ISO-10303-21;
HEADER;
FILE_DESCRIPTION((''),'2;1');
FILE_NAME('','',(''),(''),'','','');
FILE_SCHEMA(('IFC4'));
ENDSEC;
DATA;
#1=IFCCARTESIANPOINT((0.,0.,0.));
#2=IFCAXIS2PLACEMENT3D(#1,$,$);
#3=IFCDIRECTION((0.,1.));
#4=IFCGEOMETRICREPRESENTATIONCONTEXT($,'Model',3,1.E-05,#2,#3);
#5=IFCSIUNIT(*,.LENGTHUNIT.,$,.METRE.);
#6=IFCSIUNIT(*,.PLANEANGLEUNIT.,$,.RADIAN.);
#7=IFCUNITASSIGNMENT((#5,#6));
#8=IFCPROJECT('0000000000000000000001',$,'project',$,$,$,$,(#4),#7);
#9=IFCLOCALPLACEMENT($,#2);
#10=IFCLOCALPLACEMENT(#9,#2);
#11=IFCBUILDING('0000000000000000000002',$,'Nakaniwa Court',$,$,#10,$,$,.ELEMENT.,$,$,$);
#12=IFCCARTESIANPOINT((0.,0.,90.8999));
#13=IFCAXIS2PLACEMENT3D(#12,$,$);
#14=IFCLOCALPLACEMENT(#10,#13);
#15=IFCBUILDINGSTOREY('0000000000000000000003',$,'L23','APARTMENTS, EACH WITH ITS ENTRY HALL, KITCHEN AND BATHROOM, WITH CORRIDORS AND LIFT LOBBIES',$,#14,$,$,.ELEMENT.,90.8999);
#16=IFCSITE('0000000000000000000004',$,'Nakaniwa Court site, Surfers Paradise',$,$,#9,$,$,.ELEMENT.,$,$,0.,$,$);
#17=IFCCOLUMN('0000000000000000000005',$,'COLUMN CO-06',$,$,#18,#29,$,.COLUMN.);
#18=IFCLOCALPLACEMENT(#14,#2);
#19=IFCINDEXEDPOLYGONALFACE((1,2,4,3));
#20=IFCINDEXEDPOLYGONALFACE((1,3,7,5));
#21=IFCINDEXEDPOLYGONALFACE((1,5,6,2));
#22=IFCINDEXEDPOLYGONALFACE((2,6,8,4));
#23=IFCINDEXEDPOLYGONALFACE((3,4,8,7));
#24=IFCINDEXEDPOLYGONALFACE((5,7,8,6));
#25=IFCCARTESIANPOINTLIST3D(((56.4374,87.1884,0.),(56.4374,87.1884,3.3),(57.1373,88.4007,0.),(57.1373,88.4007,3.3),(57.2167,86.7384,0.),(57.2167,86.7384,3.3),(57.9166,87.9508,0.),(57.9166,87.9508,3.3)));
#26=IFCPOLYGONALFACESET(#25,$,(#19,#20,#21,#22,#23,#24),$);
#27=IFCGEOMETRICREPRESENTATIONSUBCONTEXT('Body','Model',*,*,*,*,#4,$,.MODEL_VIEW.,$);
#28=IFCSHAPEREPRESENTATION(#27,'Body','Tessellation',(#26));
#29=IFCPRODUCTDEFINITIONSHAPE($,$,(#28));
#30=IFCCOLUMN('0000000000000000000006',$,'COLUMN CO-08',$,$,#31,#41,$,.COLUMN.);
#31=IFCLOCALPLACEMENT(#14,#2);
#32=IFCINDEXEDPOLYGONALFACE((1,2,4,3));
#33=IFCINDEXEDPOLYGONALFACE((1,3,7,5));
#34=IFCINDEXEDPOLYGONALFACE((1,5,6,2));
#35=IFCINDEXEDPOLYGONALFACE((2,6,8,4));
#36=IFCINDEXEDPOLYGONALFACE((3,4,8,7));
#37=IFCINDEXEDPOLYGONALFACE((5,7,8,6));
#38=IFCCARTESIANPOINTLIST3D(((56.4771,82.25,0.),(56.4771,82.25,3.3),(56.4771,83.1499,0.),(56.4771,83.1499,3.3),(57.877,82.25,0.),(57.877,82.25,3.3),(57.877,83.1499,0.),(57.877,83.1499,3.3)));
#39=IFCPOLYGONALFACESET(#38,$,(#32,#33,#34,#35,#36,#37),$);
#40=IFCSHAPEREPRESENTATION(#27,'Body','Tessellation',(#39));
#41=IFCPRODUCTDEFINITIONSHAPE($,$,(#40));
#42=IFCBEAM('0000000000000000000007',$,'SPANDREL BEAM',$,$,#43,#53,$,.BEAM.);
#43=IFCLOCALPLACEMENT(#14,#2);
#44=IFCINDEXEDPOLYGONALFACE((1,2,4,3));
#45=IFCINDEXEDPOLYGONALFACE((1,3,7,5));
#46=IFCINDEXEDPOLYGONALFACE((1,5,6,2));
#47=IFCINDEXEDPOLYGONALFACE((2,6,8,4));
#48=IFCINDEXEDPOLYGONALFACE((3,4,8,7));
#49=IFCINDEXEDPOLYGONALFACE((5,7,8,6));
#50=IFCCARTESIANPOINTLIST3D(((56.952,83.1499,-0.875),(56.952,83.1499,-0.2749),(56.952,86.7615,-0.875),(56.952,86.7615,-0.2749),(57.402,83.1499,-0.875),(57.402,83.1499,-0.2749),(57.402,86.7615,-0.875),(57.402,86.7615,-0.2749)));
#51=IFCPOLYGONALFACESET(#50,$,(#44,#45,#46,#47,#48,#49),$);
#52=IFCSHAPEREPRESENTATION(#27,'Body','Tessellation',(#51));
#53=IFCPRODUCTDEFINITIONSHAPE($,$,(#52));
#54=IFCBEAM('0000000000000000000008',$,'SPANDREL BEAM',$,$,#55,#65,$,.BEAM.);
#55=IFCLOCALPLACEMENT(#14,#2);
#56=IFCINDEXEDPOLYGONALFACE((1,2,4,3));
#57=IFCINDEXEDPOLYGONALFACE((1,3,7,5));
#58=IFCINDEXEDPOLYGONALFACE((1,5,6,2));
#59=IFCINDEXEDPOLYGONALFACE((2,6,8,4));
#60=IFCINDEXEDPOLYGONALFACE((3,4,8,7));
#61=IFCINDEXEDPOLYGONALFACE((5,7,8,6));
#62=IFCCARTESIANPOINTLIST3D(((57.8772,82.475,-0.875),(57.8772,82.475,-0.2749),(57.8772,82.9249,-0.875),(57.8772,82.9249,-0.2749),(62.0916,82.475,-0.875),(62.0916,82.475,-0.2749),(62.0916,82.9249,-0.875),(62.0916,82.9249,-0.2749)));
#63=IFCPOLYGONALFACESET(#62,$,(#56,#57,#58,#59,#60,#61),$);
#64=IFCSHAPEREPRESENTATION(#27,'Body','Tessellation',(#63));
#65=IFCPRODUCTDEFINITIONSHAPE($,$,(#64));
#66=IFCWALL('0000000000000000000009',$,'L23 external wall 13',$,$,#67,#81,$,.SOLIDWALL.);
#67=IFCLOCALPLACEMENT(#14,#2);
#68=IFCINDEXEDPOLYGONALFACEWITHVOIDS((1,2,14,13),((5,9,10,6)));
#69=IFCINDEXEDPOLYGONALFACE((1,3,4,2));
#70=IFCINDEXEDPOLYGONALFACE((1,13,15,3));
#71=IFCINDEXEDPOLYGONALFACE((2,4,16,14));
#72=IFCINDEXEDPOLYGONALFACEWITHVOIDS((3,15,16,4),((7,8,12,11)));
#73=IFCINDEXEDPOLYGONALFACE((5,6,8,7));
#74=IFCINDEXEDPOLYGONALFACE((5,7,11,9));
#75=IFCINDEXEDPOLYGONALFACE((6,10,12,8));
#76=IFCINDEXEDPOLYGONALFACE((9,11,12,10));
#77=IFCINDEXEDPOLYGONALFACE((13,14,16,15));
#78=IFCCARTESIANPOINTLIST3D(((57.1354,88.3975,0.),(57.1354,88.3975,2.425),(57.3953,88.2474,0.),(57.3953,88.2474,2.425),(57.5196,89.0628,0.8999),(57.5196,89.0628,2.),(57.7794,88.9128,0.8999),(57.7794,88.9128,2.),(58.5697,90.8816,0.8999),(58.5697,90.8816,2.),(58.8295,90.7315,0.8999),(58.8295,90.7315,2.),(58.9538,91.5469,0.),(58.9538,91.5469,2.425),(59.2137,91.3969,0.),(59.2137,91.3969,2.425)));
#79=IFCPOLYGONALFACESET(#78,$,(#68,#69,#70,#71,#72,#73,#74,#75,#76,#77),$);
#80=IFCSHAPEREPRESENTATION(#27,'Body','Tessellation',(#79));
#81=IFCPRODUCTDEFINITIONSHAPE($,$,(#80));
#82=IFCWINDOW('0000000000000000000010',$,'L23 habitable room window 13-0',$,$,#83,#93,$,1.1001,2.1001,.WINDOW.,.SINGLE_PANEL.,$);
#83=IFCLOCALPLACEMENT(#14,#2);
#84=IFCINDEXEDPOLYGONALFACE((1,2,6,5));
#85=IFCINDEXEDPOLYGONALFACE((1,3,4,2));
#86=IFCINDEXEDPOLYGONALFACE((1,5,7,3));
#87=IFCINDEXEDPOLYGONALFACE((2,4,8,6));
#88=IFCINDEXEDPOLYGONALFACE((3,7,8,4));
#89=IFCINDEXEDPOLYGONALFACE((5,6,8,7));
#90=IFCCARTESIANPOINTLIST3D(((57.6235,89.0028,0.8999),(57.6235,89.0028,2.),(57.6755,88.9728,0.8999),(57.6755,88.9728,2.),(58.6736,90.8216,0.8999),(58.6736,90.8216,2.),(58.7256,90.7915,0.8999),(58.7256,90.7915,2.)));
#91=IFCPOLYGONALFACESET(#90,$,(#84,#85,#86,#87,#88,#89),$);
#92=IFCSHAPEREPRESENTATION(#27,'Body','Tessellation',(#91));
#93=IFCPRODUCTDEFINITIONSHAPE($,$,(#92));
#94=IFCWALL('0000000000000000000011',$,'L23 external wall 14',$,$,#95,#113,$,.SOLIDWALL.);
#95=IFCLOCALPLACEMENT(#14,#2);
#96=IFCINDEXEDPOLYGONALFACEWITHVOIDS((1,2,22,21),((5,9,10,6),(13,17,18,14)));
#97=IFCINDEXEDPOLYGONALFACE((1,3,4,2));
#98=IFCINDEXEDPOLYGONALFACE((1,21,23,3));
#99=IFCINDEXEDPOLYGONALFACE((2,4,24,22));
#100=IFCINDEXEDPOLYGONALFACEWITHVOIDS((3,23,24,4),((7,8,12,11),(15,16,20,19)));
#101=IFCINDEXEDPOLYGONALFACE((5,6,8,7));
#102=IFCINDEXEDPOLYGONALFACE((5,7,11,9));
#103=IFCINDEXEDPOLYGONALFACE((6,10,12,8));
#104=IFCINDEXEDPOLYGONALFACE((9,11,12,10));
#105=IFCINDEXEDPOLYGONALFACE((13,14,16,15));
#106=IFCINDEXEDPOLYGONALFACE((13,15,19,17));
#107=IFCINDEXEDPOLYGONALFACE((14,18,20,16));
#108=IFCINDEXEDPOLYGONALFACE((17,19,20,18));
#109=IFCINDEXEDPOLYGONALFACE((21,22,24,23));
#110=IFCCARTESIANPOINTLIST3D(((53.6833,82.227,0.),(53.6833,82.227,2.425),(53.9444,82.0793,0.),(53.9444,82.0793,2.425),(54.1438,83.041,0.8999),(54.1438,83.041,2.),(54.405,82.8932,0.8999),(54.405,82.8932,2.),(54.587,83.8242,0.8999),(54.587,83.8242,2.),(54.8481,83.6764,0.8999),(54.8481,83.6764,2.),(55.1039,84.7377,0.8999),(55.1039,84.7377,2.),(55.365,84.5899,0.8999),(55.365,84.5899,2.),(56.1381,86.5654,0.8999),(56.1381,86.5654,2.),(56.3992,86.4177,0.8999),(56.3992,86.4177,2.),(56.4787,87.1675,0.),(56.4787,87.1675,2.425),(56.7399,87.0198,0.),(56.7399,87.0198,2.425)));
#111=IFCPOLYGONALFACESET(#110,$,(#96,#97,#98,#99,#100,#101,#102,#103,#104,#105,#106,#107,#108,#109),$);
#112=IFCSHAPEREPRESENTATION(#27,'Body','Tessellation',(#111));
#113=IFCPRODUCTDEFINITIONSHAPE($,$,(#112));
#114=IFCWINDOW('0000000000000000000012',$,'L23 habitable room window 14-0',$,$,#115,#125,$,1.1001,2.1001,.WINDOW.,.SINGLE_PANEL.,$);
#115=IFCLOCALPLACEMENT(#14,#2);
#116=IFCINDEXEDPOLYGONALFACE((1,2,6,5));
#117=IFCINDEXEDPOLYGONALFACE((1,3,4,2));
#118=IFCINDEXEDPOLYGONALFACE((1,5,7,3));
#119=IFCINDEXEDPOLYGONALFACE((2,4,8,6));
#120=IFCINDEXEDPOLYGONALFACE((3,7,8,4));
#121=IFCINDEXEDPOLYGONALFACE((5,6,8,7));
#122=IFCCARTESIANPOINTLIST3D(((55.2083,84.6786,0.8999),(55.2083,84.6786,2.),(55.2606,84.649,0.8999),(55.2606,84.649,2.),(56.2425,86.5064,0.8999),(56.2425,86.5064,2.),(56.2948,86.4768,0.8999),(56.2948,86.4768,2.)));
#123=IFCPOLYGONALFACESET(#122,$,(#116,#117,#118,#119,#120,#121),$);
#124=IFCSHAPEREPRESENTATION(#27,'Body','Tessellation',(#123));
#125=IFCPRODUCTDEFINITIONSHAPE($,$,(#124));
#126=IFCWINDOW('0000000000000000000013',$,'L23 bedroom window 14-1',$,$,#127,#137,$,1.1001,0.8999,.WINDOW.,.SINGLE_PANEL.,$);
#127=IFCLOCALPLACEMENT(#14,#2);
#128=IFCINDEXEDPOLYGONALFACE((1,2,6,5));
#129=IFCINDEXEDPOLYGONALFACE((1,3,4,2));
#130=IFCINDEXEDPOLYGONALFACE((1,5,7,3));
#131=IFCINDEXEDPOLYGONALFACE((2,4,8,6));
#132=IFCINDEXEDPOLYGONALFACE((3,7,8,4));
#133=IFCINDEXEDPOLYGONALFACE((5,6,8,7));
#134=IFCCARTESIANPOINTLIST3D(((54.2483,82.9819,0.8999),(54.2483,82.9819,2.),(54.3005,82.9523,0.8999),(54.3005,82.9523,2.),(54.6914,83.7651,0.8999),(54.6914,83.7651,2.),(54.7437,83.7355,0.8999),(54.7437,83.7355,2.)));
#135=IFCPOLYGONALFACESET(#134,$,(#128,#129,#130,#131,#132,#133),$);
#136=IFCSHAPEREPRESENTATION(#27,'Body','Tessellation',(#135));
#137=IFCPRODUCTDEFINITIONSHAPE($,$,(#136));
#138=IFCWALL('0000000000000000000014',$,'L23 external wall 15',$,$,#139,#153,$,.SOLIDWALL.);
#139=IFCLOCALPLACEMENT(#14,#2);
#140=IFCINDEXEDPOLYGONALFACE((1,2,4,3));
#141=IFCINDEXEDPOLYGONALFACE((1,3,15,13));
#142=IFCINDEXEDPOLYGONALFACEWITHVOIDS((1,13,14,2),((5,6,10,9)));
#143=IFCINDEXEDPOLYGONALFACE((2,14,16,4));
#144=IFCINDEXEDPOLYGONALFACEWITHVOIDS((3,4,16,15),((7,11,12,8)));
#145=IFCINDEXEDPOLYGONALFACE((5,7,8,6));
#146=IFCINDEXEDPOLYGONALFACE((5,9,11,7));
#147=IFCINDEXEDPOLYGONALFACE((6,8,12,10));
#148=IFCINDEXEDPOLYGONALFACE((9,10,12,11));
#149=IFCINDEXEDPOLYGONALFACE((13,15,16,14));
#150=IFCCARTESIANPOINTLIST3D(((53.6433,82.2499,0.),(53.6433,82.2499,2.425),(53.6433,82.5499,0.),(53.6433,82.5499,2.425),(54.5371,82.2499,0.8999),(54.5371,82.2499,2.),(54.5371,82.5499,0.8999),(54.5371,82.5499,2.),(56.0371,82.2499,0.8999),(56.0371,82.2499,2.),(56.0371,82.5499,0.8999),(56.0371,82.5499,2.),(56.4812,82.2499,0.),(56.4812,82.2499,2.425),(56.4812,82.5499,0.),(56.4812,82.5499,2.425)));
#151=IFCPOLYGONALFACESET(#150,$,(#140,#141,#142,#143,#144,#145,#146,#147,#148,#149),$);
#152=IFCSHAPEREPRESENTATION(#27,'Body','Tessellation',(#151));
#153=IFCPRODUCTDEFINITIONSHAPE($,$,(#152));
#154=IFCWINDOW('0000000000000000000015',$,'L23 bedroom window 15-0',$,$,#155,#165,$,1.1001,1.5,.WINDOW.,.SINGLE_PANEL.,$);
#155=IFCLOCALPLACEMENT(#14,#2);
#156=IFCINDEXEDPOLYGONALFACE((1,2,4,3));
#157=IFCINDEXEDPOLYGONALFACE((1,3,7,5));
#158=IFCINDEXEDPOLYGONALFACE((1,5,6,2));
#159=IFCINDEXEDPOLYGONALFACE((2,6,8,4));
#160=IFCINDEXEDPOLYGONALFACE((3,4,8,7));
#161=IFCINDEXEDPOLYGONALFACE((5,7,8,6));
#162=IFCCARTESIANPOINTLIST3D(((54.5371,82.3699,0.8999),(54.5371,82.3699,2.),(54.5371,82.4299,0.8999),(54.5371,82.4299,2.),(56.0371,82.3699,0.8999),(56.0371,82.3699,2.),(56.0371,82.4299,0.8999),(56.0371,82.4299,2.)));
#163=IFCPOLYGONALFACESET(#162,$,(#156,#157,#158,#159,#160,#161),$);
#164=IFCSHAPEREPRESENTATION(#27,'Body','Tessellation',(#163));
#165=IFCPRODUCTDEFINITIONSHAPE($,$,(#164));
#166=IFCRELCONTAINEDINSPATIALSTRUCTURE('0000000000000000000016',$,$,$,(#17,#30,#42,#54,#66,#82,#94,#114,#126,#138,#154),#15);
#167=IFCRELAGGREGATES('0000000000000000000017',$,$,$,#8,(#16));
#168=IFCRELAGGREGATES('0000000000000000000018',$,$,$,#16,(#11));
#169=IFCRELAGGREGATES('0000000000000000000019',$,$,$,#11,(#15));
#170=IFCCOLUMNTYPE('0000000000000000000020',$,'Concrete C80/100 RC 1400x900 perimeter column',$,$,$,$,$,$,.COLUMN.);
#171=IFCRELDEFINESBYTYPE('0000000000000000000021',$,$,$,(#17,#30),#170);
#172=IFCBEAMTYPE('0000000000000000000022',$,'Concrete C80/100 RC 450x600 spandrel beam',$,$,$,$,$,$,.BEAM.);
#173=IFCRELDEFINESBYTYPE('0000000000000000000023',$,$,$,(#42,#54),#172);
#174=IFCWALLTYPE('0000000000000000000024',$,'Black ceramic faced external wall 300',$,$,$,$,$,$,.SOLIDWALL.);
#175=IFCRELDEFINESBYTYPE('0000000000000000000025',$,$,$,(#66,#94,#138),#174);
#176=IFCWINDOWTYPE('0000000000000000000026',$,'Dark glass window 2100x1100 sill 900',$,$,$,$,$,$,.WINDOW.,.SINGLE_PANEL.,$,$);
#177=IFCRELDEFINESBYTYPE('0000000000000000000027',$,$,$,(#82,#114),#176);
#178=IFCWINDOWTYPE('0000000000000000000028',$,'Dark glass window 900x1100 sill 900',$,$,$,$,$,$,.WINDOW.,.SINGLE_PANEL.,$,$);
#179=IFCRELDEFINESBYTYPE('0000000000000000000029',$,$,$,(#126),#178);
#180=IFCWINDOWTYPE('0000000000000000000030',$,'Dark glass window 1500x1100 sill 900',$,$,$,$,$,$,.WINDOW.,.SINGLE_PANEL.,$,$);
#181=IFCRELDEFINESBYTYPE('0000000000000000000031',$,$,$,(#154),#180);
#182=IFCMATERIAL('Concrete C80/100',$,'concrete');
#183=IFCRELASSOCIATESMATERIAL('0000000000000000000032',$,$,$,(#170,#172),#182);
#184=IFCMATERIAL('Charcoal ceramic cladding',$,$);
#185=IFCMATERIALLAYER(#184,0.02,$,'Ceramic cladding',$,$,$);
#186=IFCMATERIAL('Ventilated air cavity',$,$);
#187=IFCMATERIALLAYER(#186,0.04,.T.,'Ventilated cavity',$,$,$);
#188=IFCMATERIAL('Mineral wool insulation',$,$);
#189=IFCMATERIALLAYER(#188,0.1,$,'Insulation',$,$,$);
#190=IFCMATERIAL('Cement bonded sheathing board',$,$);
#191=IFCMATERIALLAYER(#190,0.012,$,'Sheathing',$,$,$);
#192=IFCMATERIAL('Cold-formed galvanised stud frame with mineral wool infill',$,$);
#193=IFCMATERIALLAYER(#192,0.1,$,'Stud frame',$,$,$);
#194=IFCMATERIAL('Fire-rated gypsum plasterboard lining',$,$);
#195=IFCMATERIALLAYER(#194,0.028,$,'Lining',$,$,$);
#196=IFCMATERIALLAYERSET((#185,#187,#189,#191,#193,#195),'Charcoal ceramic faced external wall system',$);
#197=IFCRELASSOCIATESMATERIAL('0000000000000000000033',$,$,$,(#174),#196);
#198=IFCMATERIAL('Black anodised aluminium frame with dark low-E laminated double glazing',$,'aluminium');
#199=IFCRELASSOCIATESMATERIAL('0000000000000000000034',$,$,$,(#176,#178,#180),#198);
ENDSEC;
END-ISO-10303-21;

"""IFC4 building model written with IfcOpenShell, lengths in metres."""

from ifc_helpers import new_model, si_unit, direction, frame, frame_2d, origin, origin_2d, place, context, subcontext, project, spatial, rectangle, extrude, material, layer, layer_set, material_profile, profile_set, type_object, element, fill, save


model = new_model("IFC4")

# Units and contexts
model_context = context("Model", 3, precision=1e-05, world=origin(), true_north=direction((0.0, 1.0)))
body_context = subcontext(model_context, "Body", "Model", "MODEL_VIEW")
ifc_project = project(units=[si_unit("LENGTHUNIT", "METRE"), si_unit("PLANEANGLEUNIT", "RADIAN")], contexts=[model_context])

# Site, building, storey
site_placement = place(None, origin())
site = spatial("IfcSite", under=ifc_project, at=site_placement, Name="Nakaniwa Court site, Surfers Paradise", CompositionType="ELEMENT", RefElevation=0.0)
building_placement = place(site_placement, origin())
building = spatial("IfcBuilding", under=site, at=building_placement, Name="Nakaniwa Court", CompositionType="ELEMENT")
storey_placement = place(building_placement, frame((0.0, 0.0, 90.8999)))
storey = spatial("IfcBuildingStorey", under=building, at=storey_placement, Name="L23", Description="APARTMENTS, EACH WITH ITS ENTRY HALL, KITCHEN AND BATHROOM, WITH CORRIDORS AND LIFT LOBBIES", CompositionType="ELEMENT", Elevation=90.8999)

# Columns
ifc_material_1 = material(Name="Concrete C80/100", Category="concrete")
ifc_material_profile_1 = material_profile(ifc_material_1, rectangle(XDim=1.3999, YDim=0.8999, at=origin_2d()), Name="Concrete C80/100 RC 1400x900 perimeter column")
ifc_profile_set_1 = profile_set([ifc_material_profile_1], Name="Concrete C80/100")
column_type = type_object("IfcColumnType", Name="Concrete C80/100 RC 1400x900 perimeter column", PredefinedType="COLUMN", material=ifc_profile_set_1)
for number, where, z_axis, x_axis, name in (
    (1, (57.177, 87.5696, 0.0), (0.0, 0.0, 1.0), (-0.5, -0.866025, 0.0), "COLUMN CO-06"),
    (2, (57.177, 82.7, 0.0), (0.0, 0.0, 1.0), (1.0, 0.0, 0.0), "COLUMN CO-08"),
):
    element("IfcColumn", number, at=place(storey_placement, frame(where, z_axis=z_axis, x_axis=x_axis)), inside=storey, type_object=column_type, Name=name, PredefinedType="COLUMN", context=body_context, shape_type="SweptSolid", body=[
        extrude(rectangle(XDim=1.3999, YDim=0.8999, at=origin_2d()), origin(), (0.0, 0.0, 1.0), 3.3),
    ])

# Beams
ifc_material_profile_2 = material_profile(ifc_material_1, rectangle(XDim=0.45, YDim=0.6001, at=origin_2d()), Name="Concrete C80/100 RC 450x600 spandrel beam")
ifc_profile_set_2 = profile_set([ifc_material_profile_2], Name="Concrete C80/100")
beam_type = type_object("IfcBeamType", Name="Concrete C80/100 RC 450x600 spandrel beam", PredefinedType="BEAM", material=ifc_profile_set_2)
beam_1_placement = place(storey_placement, frame((57.177, 86.7615, -0.575), z_axis=(0.0, -1.0, 0.0), x_axis=(1.0, 0.0, 0.0)))
element("IfcBeam", 3, at=beam_1_placement, inside=storey, type_object=beam_type, Name="SPANDREL BEAM", PredefinedType="BEAM", context=body_context, shape_type="SweptSolid", body=[
    extrude(rectangle(XDim=0.45, YDim=0.6001, at=origin_2d()), origin(), (0.0, 0.0, 1.0), 3.6116),
])
beam_2_placement = place(storey_placement, frame((57.8772, 82.7, -0.575), z_axis=(1.0, 0.0, 0.0), x_axis=(0.0, 1.0, 0.0)))
element("IfcBeam", 4, at=beam_2_placement, inside=storey, type_object=beam_type, Name="SPANDREL BEAM", PredefinedType="BEAM", context=body_context, shape_type="SweptSolid", body=[
    extrude(rectangle(XDim=0.45, YDim=0.6001, at=origin_2d()), origin(), (0.0, 0.0, 1.0), 4.2144),
])

# Wall, opening, window
ifc_material_2 = material(Name="Charcoal ceramic cladding")
ifc_layer_1 = layer(ifc_material_2, 0.02, Name="Ceramic cladding")
ifc_material_3 = material(Name="Ventilated air cavity")
ifc_layer_2 = layer(ifc_material_3, 0.04, ventilated=True, Name="Ventilated cavity")
ifc_material_4 = material(Name="Mineral wool insulation")
ifc_layer_3 = layer(ifc_material_4, 0.1, Name="Insulation")
ifc_material_5 = material(Name="Cement bonded sheathing board")
ifc_layer_4 = layer(ifc_material_5, 0.012, Name="Sheathing")
ifc_material_6 = material(Name="Cold-formed galvanised stud frame with mineral wool infill")
ifc_layer_5 = layer(ifc_material_6, 0.1, Name="Stud frame")
ifc_material_7 = material(Name="Fire-rated gypsum plasterboard lining")
ifc_layer_6 = layer(ifc_material_7, 0.028, Name="Lining")
ifc_layer_set_1 = layer_set([ifc_layer_1, ifc_layer_2, ifc_layer_3, ifc_layer_4, ifc_layer_5, ifc_layer_6], Name="Charcoal ceramic faced external wall system")
wall_type_1 = type_object("IfcWallType", Name="Black ceramic faced external wall 300", PredefinedType="SOLIDWALL", material=ifc_layer_set_1)
wall_1_placement = place(storey_placement, frame((59.0837, 91.4719, 0.0), z_axis=(0.0, 0.0, 1.0), x_axis=(-0.500009, -0.86602, 0.0)))
wall_1 = element("IfcWall", 5, at=wall_1_placement, inside=storey, type_object=wall_type_1, Name="L23 external wall 13", PredefinedType="SOLIDWALL", context=body_context, shape_type="SweptSolid", body=[
    extrude(rectangle(XDim=3.6367, YDim=0.3, at=frame_2d((1.8184, 0.0))), origin(), (0.0, 0.0, 1.0), 2.425),
])
opening_1_placement = place(wall_1_placement, frame((0.7683, 0.0, 0.8999)))
opening_1 = element("IfcOpeningElement", 6, at=opening_1_placement, cuts=wall_1, PredefinedType="OPENING", context=body_context, shape_type="SweptSolid", body=[
    extrude(rectangle(XDim=2.1001, YDim=1.1001, at=frame_2d((1.05, 0.55))), frame((0.0, 0.1599, 0.0), z_axis=(0.0, -1.0, 0.0), x_axis=(1.0, 0.0, 0.0)), (0.0, 0.0, 1.0), 0.3201),
])
ifc_material_8 = material(Name="Black anodised aluminium frame with dark low-E laminated double glazing", Category="aluminium")
window_type_1 = type_object("IfcWindowType", Name="Dark glass window 2100x1100 sill 900", PartitioningType="SINGLE_PANEL", PredefinedType="WINDOW", material=ifc_material_8)
window_1_placement = place(opening_1_placement, origin())
window_1 = element("IfcWindow", 7, at=window_1_placement, inside=storey, type_object=window_type_1, Name="L23 habitable room window 13-0", OverallHeight=1.1001, OverallWidth=2.1001, PartitioningType="SINGLE_PANEL", PredefinedType="WINDOW", context=body_context, shape_type="SweptSolid", body=[
    extrude(rectangle(XDim=2.1001, YDim=1.1001, at=frame_2d((1.05, 0.55))), frame((0.0, 0.03, 0.0), z_axis=(0.0, -1.0, 0.0), x_axis=(1.0, 0.0, 0.0)), (0.0, 0.0, 1.0), 0.0601),
])
fill(opening_1, window_1)

# Wall, openings, windows
wall_2_placement = place(storey_placement, frame((56.6094, 87.0938, 0.0), z_axis=(0.0, 0.0, 1.0), x_axis=(-0.492457, -0.870337, 0.0)))
wall_2 = element("IfcWall", 8, at=wall_2_placement, inside=storey, type_object=wall_type_1, Name="L23 external wall 14", PredefinedType="SOLIDWALL", context=body_context, shape_type="SweptSolid", body=[
    extrude(rectangle(XDim=5.6765, YDim=0.3, at=frame_2d((2.8384, 0.0))), origin(), (0.0, 0.0, 1.0), 2.425),
])
opening_2_placement = place(wall_2_placement, frame((0.6919, 0.0, 0.8999)))
opening_2 = element("IfcOpeningElement", 9, at=opening_2_placement, cuts=wall_2, PredefinedType="OPENING", context=body_context, shape_type="SweptSolid", body=[
    extrude(rectangle(XDim=2.1001, YDim=1.1001, at=frame_2d((1.05, 0.55))), frame((0.0, 0.1599, 0.0), z_axis=(0.0, -1.0, 0.0), x_axis=(1.0, 0.0, 0.0)), (0.0, 0.0, 1.0), 0.3201),
])
opening_3_placement = place(wall_2_placement, frame((3.8416, 0.0, 0.8999)))
opening_3 = element("IfcOpeningElement", 10, at=opening_3_placement, cuts=wall_2, PredefinedType="OPENING", context=body_context, shape_type="SweptSolid", body=[
    extrude(rectangle(XDim=0.8999, YDim=1.1001, at=frame_2d((0.45, 0.55))), frame((0.0, 0.1599, 0.0), z_axis=(0.0, -1.0, 0.0), x_axis=(1.0, 0.0, 0.0)), (0.0, 0.0, 1.0), 0.3201),
])
window_2_placement = place(opening_2_placement, origin())
window_2 = element("IfcWindow", 11, at=window_2_placement, inside=storey, type_object=window_type_1, Name="L23 habitable room window 14-0", OverallHeight=1.1001, OverallWidth=2.1001, PartitioningType="SINGLE_PANEL", PredefinedType="WINDOW", context=body_context, shape_type="SweptSolid", body=[
    extrude(rectangle(XDim=2.1001, YDim=1.1001, at=frame_2d((1.05, 0.55))), frame((0.0, 0.03, 0.0), z_axis=(0.0, -1.0, 0.0), x_axis=(1.0, 0.0, 0.0)), (0.0, 0.0, 1.0), 0.0601),
])
fill(opening_2, window_2)
window_type_2 = type_object("IfcWindowType", Name="Dark glass window 900x1100 sill 900", PartitioningType="SINGLE_PANEL", PredefinedType="WINDOW", material=ifc_material_8)
window_3_placement = place(opening_3_placement, origin())
window_3 = element("IfcWindow", 12, at=window_3_placement, inside=storey, type_object=window_type_2, Name="L23 bedroom window 14-1", OverallHeight=1.1001, OverallWidth=0.8999, PartitioningType="SINGLE_PANEL", PredefinedType="WINDOW", context=body_context, shape_type="SweptSolid", body=[
    extrude(rectangle(XDim=0.8999, YDim=1.1001, at=frame_2d((0.45, 0.55))), frame((0.0, 0.03, 0.0), z_axis=(0.0, -1.0, 0.0), x_axis=(1.0, 0.0, 0.0)), (0.0, 0.0, 1.0), 0.0601),
])
fill(opening_3, window_3)

# Wall, opening, window
wall_3_placement = place(storey_placement, frame((53.6433, 82.3999, 0.0), z_axis=(0.0, 0.0, 1.0), x_axis=(1.0, 0.0, 0.0)))
wall_3 = element("IfcWall", 13, at=wall_3_placement, inside=storey, type_object=wall_type_1, Name="L23 external wall 15", PredefinedType="SOLIDWALL", context=body_context, shape_type="SweptSolid", body=[
    extrude(rectangle(XDim=2.8379, YDim=0.3, at=frame_2d((1.4189, 0.0))), origin(), (0.0, 0.0, 1.0), 2.425),
])
opening_4_placement = place(wall_3_placement, frame((0.8938, 0.0, 0.8999)))
opening_4 = element("IfcOpeningElement", 14, at=opening_4_placement, cuts=wall_3, PredefinedType="OPENING", context=body_context, shape_type="SweptSolid", body=[
    extrude(rectangle(XDim=1.5, YDim=1.1001, at=frame_2d((0.75, 0.55))), frame((0.0, 0.1599, 0.0), z_axis=(0.0, -1.0, 0.0), x_axis=(1.0, 0.0, 0.0)), (0.0, 0.0, 1.0), 0.3201),
])
window_type_3 = type_object("IfcWindowType", Name="Dark glass window 1500x1100 sill 900", PartitioningType="SINGLE_PANEL", PredefinedType="WINDOW", material=ifc_material_8)
window_4_placement = place(opening_4_placement, origin())
window_4 = element("IfcWindow", 15, at=window_4_placement, inside=storey, type_object=window_type_3, Name="L23 bedroom window 15-0", OverallHeight=1.1001, OverallWidth=1.5, PartitioningType="SINGLE_PANEL", PredefinedType="WINDOW", context=body_context, shape_type="SweptSolid", body=[
    extrude(rectangle(XDim=1.5, YDim=1.1001, at=frame_2d((0.75, 0.55))), frame((0.0, 0.03, 0.0), z_axis=(0.0, -1.0, 0.0), x_axis=(1.0, 0.0, 0.0)), (0.0, 0.0, 1.0), 0.0601),
])
fill(opening_4, window_4)

save(model, "model.ifc")
